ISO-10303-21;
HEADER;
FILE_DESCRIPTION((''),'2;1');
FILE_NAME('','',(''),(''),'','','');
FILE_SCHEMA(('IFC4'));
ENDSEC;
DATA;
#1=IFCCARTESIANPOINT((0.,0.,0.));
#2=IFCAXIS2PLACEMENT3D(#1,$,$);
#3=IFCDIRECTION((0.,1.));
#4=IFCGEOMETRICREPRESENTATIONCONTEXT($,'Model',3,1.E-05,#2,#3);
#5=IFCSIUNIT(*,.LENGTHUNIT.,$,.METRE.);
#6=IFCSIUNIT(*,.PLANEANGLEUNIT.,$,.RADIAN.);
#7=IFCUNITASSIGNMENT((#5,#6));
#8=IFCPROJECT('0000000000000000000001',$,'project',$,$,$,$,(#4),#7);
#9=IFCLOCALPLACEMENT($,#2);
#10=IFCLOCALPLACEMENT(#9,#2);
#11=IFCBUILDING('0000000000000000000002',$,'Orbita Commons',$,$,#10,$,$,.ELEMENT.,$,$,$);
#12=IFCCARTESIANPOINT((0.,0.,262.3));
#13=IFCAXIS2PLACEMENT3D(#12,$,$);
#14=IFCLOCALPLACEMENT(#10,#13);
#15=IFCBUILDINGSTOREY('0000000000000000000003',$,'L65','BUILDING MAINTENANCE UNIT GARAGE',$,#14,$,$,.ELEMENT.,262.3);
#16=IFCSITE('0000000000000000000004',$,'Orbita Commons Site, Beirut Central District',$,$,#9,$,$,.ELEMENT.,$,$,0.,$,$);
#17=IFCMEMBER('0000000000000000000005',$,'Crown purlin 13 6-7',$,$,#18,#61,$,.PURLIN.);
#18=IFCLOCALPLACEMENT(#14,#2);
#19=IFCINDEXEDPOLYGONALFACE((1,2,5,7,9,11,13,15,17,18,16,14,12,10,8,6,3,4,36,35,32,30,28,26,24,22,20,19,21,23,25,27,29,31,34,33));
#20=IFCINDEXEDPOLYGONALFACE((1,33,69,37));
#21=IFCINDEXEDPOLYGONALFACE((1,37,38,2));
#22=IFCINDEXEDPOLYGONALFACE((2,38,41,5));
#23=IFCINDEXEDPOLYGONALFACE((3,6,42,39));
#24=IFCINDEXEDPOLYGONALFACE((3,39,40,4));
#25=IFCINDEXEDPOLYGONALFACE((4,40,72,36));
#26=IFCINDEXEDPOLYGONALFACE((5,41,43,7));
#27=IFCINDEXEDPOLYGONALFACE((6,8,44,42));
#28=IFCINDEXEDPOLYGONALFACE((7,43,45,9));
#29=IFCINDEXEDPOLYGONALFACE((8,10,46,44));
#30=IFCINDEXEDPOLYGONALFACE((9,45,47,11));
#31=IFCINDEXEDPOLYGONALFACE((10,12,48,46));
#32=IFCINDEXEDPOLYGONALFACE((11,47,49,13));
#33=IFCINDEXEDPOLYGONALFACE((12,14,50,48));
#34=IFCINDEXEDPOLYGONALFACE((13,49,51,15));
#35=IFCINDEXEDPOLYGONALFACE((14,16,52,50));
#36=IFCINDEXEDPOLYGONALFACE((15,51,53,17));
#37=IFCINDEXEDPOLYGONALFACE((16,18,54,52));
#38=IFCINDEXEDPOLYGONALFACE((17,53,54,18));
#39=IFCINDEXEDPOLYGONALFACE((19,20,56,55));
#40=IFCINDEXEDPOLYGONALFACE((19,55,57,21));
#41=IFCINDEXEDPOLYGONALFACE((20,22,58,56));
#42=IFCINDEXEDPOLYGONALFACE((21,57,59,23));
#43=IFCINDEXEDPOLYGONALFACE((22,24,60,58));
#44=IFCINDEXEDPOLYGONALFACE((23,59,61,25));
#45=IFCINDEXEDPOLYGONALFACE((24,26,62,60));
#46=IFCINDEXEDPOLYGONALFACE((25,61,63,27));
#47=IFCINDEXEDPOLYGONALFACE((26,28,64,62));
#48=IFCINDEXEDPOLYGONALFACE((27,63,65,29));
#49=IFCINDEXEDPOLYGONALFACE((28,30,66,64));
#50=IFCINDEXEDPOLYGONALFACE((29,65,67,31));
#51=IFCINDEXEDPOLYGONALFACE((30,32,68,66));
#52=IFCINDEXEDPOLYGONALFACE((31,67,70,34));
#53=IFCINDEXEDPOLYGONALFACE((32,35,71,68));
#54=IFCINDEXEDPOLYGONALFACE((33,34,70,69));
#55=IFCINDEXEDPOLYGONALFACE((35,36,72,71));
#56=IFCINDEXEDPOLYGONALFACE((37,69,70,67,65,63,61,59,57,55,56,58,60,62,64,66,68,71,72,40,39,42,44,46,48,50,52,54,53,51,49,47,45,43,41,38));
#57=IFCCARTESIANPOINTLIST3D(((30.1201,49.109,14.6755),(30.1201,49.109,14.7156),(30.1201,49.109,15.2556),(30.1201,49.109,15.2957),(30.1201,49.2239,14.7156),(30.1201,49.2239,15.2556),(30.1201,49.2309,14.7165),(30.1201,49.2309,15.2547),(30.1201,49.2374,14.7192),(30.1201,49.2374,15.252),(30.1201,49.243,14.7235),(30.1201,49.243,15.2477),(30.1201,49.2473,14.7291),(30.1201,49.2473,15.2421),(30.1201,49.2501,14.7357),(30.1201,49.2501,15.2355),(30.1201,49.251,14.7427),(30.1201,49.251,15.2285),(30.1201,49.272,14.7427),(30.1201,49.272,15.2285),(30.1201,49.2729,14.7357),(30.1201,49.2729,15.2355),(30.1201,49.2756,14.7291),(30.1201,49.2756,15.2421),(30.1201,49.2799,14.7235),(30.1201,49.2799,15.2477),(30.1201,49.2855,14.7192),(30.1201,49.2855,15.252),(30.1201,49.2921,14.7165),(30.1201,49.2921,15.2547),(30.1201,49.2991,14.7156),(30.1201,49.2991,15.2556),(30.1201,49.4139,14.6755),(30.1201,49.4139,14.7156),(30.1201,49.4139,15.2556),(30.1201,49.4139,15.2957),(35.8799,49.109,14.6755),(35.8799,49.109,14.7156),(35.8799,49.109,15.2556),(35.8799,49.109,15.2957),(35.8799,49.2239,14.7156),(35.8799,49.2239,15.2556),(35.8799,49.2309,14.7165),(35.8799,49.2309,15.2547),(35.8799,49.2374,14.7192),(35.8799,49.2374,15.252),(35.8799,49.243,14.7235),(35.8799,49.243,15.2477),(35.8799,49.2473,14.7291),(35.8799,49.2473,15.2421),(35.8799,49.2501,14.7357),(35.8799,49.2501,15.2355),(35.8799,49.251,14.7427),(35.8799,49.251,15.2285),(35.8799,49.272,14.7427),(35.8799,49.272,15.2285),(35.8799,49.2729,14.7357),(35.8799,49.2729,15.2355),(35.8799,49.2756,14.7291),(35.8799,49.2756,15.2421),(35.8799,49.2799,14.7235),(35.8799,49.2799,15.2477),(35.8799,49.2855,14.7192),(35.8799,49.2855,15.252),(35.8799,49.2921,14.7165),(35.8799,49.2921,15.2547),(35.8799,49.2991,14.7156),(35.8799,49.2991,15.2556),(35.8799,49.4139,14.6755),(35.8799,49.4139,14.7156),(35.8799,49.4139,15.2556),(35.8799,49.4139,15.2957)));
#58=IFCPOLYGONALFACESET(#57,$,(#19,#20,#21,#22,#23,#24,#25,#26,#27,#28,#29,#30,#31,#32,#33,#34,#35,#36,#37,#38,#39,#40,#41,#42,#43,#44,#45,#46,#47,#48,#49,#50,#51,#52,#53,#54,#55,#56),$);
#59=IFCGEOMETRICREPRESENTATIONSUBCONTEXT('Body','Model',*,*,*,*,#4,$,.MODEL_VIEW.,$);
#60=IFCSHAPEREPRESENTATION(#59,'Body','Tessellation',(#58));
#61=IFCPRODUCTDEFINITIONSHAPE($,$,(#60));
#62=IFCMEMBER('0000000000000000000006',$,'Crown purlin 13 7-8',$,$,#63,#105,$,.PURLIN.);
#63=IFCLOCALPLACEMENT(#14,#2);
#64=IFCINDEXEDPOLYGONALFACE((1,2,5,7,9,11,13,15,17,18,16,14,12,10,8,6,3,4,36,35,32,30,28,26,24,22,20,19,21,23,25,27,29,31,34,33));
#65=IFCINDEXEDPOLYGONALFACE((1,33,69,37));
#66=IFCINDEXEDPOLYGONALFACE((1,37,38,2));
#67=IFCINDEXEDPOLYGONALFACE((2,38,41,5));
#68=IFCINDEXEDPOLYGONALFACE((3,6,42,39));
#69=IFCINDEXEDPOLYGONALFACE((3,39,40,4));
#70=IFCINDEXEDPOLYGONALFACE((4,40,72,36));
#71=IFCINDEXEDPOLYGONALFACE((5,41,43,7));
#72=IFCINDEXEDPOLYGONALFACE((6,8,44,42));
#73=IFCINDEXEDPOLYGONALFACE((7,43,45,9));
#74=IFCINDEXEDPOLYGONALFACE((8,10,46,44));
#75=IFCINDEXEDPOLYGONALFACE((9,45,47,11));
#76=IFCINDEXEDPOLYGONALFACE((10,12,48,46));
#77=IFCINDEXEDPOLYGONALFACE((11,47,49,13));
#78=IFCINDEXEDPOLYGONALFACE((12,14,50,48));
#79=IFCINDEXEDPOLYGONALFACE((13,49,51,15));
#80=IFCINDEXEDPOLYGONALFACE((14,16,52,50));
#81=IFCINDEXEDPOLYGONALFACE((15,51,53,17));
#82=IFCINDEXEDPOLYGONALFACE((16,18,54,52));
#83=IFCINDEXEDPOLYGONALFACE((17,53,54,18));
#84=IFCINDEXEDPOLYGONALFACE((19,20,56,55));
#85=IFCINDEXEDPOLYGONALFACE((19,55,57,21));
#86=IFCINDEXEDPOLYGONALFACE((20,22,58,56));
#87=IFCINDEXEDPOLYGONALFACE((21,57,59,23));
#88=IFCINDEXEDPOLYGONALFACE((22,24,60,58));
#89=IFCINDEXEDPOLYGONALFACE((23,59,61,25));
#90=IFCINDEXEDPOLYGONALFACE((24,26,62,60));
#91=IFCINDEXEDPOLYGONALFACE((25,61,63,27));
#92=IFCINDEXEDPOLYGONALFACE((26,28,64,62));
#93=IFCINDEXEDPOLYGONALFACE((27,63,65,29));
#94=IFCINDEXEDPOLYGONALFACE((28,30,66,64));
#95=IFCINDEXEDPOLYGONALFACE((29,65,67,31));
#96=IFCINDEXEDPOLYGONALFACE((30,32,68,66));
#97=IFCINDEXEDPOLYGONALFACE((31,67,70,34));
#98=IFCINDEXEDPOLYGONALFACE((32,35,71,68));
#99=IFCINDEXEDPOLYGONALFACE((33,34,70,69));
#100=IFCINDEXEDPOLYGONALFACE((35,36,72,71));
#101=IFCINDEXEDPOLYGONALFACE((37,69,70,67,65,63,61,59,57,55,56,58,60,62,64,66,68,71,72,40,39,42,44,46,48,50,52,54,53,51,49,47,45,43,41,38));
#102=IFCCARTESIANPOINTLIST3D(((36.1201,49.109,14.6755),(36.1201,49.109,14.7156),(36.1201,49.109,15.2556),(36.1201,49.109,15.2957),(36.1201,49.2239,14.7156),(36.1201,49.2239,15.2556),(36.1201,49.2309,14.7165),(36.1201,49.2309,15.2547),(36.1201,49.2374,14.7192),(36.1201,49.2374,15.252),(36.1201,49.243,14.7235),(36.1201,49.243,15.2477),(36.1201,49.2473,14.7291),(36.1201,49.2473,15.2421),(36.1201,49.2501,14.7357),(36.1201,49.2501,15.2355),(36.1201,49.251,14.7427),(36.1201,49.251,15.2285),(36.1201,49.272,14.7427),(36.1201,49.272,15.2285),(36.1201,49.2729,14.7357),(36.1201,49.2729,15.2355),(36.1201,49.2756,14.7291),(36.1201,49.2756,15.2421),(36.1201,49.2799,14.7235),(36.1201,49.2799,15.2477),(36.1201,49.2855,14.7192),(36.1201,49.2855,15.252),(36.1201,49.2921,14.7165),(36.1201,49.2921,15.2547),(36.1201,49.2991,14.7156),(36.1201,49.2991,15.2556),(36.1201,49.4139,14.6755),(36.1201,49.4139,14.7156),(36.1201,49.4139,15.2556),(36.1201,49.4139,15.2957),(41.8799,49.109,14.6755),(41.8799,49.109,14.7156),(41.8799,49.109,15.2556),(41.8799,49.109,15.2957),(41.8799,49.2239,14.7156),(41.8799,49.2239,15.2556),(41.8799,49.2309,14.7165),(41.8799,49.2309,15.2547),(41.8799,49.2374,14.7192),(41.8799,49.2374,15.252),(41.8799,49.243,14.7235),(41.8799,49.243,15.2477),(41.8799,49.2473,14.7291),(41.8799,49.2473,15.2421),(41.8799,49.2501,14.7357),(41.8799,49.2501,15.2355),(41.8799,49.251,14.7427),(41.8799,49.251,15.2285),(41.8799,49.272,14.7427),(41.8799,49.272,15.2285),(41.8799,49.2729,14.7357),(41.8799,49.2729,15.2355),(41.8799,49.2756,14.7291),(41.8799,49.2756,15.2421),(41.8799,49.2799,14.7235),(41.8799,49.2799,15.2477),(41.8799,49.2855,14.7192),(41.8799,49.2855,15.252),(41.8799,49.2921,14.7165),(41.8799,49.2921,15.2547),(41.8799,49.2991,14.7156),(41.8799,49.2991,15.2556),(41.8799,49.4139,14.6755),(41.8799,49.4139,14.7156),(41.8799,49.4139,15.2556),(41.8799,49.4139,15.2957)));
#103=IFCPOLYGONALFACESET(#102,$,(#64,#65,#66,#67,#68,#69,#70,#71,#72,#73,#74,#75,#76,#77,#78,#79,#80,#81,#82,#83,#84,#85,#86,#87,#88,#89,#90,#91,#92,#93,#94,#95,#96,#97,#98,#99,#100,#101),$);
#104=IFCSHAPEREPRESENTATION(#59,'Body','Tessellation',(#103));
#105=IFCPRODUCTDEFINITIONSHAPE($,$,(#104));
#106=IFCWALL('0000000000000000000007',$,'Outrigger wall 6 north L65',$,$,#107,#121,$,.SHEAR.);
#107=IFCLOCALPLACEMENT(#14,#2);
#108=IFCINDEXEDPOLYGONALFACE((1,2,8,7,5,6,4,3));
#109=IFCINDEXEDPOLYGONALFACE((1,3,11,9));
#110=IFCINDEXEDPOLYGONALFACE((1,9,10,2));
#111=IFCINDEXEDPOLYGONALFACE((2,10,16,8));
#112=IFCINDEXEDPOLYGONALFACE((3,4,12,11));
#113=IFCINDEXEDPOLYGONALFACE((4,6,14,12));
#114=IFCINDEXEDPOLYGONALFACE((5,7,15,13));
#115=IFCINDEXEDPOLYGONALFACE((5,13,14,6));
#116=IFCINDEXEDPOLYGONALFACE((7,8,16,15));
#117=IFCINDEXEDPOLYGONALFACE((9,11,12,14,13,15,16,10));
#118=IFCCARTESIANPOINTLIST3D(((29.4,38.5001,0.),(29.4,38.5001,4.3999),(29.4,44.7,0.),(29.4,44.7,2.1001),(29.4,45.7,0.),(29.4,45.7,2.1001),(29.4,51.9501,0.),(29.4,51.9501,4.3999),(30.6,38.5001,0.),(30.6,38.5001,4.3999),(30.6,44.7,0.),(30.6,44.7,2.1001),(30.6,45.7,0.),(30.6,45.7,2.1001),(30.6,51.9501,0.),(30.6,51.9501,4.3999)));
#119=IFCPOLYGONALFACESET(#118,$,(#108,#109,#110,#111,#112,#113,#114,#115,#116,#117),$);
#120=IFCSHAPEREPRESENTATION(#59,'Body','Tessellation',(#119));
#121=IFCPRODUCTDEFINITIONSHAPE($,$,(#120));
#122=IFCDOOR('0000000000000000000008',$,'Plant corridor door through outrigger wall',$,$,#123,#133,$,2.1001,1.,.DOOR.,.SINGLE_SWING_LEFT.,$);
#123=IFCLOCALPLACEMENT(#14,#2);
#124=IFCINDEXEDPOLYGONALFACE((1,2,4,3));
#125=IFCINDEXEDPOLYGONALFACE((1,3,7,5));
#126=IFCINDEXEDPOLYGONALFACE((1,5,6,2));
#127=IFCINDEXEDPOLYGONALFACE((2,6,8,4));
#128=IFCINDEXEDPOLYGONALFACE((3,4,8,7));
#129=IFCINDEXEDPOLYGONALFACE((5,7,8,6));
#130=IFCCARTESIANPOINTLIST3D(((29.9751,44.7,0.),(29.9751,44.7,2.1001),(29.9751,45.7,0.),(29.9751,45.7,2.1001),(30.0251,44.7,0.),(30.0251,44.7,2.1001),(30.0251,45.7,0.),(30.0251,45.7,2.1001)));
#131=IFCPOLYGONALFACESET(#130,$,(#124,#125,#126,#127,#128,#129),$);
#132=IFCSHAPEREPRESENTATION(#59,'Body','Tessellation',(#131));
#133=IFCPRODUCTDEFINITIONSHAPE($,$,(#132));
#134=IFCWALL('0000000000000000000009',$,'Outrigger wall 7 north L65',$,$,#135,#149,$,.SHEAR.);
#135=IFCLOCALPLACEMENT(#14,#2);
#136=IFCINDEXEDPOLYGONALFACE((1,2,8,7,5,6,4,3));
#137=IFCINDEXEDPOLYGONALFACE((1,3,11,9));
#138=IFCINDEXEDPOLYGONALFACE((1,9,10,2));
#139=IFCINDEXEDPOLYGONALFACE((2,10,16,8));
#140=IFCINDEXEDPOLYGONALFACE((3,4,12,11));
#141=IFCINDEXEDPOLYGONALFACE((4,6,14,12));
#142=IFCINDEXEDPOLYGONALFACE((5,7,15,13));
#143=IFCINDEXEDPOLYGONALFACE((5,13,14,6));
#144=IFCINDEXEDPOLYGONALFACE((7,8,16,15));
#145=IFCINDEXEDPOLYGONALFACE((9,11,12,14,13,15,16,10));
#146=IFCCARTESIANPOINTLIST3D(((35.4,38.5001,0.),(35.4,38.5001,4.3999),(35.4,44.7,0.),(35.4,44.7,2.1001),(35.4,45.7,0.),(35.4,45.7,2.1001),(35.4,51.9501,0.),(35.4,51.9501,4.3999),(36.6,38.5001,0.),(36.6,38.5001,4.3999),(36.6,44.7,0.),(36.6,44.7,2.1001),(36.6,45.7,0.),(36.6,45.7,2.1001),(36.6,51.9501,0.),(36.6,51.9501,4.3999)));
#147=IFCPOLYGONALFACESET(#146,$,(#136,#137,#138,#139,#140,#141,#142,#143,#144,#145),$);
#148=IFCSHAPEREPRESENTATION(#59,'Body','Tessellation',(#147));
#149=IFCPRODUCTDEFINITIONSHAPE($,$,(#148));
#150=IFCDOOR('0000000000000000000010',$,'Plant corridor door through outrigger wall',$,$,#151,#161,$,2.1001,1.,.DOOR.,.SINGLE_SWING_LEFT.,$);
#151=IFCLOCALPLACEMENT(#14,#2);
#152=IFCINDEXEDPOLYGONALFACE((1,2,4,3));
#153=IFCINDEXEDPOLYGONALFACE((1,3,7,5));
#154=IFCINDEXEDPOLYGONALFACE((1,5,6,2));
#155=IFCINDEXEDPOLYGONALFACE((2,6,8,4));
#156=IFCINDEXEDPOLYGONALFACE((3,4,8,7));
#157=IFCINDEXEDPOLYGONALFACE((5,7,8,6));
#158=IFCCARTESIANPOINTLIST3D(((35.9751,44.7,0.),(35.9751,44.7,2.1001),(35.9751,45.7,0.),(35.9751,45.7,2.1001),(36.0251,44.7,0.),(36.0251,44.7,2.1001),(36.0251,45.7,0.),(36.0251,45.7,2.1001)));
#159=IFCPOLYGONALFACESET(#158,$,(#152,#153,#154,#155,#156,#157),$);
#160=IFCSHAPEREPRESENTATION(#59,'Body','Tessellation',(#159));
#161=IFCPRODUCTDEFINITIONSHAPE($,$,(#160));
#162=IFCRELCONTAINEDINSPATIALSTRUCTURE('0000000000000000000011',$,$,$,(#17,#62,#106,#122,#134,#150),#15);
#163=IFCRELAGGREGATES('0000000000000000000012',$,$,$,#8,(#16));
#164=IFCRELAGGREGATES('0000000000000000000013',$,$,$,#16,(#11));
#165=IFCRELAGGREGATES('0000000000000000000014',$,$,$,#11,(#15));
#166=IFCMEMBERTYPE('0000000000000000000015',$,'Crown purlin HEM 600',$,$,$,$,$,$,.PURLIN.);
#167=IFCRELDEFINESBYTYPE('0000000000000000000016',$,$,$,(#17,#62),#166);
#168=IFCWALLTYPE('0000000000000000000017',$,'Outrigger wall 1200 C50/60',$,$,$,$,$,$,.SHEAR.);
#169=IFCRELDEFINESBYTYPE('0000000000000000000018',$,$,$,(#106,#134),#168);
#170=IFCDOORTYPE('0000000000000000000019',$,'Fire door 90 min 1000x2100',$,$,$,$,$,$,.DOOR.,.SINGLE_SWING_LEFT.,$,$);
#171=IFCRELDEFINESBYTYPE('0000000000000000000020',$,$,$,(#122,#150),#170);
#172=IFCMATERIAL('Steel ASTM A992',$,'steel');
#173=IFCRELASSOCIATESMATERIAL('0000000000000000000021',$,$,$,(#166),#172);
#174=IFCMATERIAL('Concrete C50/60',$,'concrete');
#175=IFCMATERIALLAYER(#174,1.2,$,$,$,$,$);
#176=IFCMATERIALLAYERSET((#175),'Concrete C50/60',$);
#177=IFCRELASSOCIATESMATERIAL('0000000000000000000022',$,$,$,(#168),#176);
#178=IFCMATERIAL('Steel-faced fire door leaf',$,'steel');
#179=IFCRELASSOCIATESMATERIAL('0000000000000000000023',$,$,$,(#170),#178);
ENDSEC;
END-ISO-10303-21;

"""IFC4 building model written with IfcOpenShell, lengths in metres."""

from ifc_helpers import new_model, si_unit, direction, frame, frame_2d, origin, origin_2d, place, context, subcontext, project, spatial, rectangle, i_section, extrude, material, layer, layer_set, material_profile, profile_set, type_object, element, fill, save


model = new_model("IFC4")

# Units and contexts
model_context = context("Model", 3, precision=1e-05, world=origin(), true_north=direction((0.0, 1.0)))
body_context = subcontext(model_context, "Body", "Model", "MODEL_VIEW")
ifc_project = project(units=[si_unit("LENGTHUNIT", "METRE"), si_unit("PLANEANGLEUNIT", "RADIAN")], contexts=[model_context])

# Site, building, storey
site_placement = place(None, origin())
site = spatial("IfcSite", under=ifc_project, at=site_placement, Name="Orbita Commons Site, Beirut Central District", CompositionType="ELEMENT", RefElevation=0.0)
building_placement = place(site_placement, origin())
building = spatial("IfcBuilding", under=site, at=building_placement, Name="Orbita Commons", CompositionType="ELEMENT")
storey_placement = place(building_placement, frame((0.0, 0.0, 262.3)))
storey = spatial("IfcBuildingStorey", under=building, at=storey_placement, Name="L65", Description="BUILDING MAINTENANCE UNIT GARAGE", CompositionType="ELEMENT", Elevation=262.3)

# Members
ifc_material_1 = material(Name="Steel ASTM A992", Category="steel")
ifc_material_profile_1 = material_profile(ifc_material_1, i_section(OverallWidth=0.3049, OverallDepth=0.6201, WebThickness=0.021, FlangeThickness=0.04, FilletRadius=0.0271, at=origin_2d()), Name="HEM 600")
ifc_profile_set_1 = profile_set([ifc_material_profile_1], Name="Steel ASTM A992")
member_type = type_object("IfcMemberType", Name="Crown purlin HEM 600", PredefinedType="PURLIN", material=ifc_profile_set_1)
for number, where, z_axis, x_axis, name in (
    (1, (30.1201, 49.2615, 14.9856), (1.0, 0.0, 0.0), (0.0, 1.0, 0.0), "Crown purlin 13 6-7"),
    (2, (36.1201, 49.2615, 14.9856), (1.0, 0.0, 0.0), (0.0, 1.0, 0.0), "Crown purlin 13 7-8"),
):
    element("IfcMember", number, at=place(storey_placement, frame(where, z_axis=z_axis, x_axis=x_axis)), inside=storey, type_object=member_type, Name=name, PredefinedType="PURLIN", context=body_context, shape_type="SweptSolid", body=[
        extrude(i_section(OverallWidth=0.3049, OverallDepth=0.6201, WebThickness=0.021, FlangeThickness=0.04, FilletRadius=0.0271, at=origin_2d()), origin(), (0.0, 0.0, 1.0), 5.7598),
    ])

# Walls, openings, doors
ifc_material_2 = material(Name="Concrete C50/60", Category="concrete")
ifc_layer_1 = layer(ifc_material_2, 1.2)
ifc_layer_set_1 = layer_set([ifc_layer_1], Name="Concrete C50/60")
wall_type_1 = type_object("IfcWallType", Name="Outrigger wall 1200 C50/60", PredefinedType="SHEAR", material=ifc_layer_set_1)
wall_1_placement = place(storey_placement, frame((30.0, 38.5, 0.0), z_axis=(0.0, 0.0, 1.0), x_axis=(0.0, 1.0, 0.0)))
wall_1 = element("IfcWall", 3, at=wall_1_placement, inside=storey, type_object=wall_type_1, Name="Outrigger wall 6 north L65", PredefinedType="SHEAR", context=body_context, shape_type="SweptSolid", body=[
    extrude(rectangle(XDim=13.45, YDim=1.2, at=frame_2d((6.7251, 0.0))), origin(), (0.0, 0.0, 1.0), 4.3999),
])
opening_1_placement = place(wall_1_placement, frame((6.2, 0.0, 0.0)))
opening_1 = element("IfcOpeningElement", 4, at=opening_1_placement, cuts=wall_1, PredefinedType="OPENING", context=body_context, shape_type="SweptSolid", body=[
    extrude(rectangle(XDim=1.0, YDim=2.1001, at=frame_2d((0.5, 1.05))), frame((0.0, 0.6099, 0.0), z_axis=(0.0, -1.0, 0.0), x_axis=(1.0, 0.0, 0.0)), (0.0, 0.0, 1.0), 1.22),
])
ifc_material_3 = material(Name="Steel-faced fire door leaf", Category="steel")
door_type_1 = type_object("IfcDoorType", Name="Fire door 90 min 1000x2100", OperationType="SINGLE_SWING_LEFT", PredefinedType="DOOR", material=ifc_material_3)
door_1_placement = place(opening_1_placement, origin())
door_1 = element("IfcDoor", 5, at=door_1_placement, inside=storey, type_object=door_type_1, Name="Plant corridor door through outrigger wall", OperationType="SINGLE_SWING_LEFT", OverallHeight=2.1001, OverallWidth=1.0, PredefinedType="DOOR", context=body_context, shape_type="SweptSolid", body=[
    extrude(rectangle(XDim=1.0, YDim=2.1001, at=frame_2d((0.5, 1.05))), frame((0.0, 0.0249, 0.0), z_axis=(0.0, -1.0, 0.0), x_axis=(1.0, 0.0, 0.0)), (0.0, 0.0, 1.0), 0.05),
])
fill(opening_1, door_1)
wall_2_placement = place(storey_placement, frame((36.0, 38.5, 0.0), z_axis=(0.0, 0.0, 1.0), x_axis=(0.0, 1.0, 0.0)))
wall_2 = element("IfcWall", 6, at=wall_2_placement, inside=storey, type_object=wall_type_1, Name="Outrigger wall 7 north L65", PredefinedType="SHEAR", context=body_context, shape_type="SweptSolid", body=[
    extrude(rectangle(XDim=13.45, YDim=1.2, at=frame_2d((6.7251, 0.0))), origin(), (0.0, 0.0, 1.0), 4.3999),
])
opening_2_placement = place(wall_2_placement, frame((6.2, 0.0, 0.0)))
opening_2 = element("IfcOpeningElement", 7, at=opening_2_placement, cuts=wall_2, PredefinedType="OPENING", context=body_context, shape_type="SweptSolid", body=[
    extrude(rectangle(XDim=1.0, YDim=2.1001, at=frame_2d((0.5, 1.05))), frame((0.0, 0.6099, 0.0), z_axis=(0.0, -1.0, 0.0), x_axis=(1.0, 0.0, 0.0)), (0.0, 0.0, 1.0), 1.22),
])
door_2_placement = place(opening_2_placement, origin())
door_2 = element("IfcDoor", 8, at=door_2_placement, inside=storey, type_object=door_type_1, Name="Plant corridor door through outrigger wall", OperationType="SINGLE_SWING_LEFT", OverallHeight=2.1001, OverallWidth=1.0, PredefinedType="DOOR", context=body_context, shape_type="SweptSolid", body=[
    extrude(rectangle(XDim=1.0, YDim=2.1001, at=frame_2d((0.5, 1.05))), frame((0.0, 0.0249, 0.0), z_axis=(0.0, -1.0, 0.0), x_axis=(1.0, 0.0, 0.0)), (0.0, 0.0, 1.0), 0.05),
])
fill(opening_2, door_2)

save(model, "model.ifc")
